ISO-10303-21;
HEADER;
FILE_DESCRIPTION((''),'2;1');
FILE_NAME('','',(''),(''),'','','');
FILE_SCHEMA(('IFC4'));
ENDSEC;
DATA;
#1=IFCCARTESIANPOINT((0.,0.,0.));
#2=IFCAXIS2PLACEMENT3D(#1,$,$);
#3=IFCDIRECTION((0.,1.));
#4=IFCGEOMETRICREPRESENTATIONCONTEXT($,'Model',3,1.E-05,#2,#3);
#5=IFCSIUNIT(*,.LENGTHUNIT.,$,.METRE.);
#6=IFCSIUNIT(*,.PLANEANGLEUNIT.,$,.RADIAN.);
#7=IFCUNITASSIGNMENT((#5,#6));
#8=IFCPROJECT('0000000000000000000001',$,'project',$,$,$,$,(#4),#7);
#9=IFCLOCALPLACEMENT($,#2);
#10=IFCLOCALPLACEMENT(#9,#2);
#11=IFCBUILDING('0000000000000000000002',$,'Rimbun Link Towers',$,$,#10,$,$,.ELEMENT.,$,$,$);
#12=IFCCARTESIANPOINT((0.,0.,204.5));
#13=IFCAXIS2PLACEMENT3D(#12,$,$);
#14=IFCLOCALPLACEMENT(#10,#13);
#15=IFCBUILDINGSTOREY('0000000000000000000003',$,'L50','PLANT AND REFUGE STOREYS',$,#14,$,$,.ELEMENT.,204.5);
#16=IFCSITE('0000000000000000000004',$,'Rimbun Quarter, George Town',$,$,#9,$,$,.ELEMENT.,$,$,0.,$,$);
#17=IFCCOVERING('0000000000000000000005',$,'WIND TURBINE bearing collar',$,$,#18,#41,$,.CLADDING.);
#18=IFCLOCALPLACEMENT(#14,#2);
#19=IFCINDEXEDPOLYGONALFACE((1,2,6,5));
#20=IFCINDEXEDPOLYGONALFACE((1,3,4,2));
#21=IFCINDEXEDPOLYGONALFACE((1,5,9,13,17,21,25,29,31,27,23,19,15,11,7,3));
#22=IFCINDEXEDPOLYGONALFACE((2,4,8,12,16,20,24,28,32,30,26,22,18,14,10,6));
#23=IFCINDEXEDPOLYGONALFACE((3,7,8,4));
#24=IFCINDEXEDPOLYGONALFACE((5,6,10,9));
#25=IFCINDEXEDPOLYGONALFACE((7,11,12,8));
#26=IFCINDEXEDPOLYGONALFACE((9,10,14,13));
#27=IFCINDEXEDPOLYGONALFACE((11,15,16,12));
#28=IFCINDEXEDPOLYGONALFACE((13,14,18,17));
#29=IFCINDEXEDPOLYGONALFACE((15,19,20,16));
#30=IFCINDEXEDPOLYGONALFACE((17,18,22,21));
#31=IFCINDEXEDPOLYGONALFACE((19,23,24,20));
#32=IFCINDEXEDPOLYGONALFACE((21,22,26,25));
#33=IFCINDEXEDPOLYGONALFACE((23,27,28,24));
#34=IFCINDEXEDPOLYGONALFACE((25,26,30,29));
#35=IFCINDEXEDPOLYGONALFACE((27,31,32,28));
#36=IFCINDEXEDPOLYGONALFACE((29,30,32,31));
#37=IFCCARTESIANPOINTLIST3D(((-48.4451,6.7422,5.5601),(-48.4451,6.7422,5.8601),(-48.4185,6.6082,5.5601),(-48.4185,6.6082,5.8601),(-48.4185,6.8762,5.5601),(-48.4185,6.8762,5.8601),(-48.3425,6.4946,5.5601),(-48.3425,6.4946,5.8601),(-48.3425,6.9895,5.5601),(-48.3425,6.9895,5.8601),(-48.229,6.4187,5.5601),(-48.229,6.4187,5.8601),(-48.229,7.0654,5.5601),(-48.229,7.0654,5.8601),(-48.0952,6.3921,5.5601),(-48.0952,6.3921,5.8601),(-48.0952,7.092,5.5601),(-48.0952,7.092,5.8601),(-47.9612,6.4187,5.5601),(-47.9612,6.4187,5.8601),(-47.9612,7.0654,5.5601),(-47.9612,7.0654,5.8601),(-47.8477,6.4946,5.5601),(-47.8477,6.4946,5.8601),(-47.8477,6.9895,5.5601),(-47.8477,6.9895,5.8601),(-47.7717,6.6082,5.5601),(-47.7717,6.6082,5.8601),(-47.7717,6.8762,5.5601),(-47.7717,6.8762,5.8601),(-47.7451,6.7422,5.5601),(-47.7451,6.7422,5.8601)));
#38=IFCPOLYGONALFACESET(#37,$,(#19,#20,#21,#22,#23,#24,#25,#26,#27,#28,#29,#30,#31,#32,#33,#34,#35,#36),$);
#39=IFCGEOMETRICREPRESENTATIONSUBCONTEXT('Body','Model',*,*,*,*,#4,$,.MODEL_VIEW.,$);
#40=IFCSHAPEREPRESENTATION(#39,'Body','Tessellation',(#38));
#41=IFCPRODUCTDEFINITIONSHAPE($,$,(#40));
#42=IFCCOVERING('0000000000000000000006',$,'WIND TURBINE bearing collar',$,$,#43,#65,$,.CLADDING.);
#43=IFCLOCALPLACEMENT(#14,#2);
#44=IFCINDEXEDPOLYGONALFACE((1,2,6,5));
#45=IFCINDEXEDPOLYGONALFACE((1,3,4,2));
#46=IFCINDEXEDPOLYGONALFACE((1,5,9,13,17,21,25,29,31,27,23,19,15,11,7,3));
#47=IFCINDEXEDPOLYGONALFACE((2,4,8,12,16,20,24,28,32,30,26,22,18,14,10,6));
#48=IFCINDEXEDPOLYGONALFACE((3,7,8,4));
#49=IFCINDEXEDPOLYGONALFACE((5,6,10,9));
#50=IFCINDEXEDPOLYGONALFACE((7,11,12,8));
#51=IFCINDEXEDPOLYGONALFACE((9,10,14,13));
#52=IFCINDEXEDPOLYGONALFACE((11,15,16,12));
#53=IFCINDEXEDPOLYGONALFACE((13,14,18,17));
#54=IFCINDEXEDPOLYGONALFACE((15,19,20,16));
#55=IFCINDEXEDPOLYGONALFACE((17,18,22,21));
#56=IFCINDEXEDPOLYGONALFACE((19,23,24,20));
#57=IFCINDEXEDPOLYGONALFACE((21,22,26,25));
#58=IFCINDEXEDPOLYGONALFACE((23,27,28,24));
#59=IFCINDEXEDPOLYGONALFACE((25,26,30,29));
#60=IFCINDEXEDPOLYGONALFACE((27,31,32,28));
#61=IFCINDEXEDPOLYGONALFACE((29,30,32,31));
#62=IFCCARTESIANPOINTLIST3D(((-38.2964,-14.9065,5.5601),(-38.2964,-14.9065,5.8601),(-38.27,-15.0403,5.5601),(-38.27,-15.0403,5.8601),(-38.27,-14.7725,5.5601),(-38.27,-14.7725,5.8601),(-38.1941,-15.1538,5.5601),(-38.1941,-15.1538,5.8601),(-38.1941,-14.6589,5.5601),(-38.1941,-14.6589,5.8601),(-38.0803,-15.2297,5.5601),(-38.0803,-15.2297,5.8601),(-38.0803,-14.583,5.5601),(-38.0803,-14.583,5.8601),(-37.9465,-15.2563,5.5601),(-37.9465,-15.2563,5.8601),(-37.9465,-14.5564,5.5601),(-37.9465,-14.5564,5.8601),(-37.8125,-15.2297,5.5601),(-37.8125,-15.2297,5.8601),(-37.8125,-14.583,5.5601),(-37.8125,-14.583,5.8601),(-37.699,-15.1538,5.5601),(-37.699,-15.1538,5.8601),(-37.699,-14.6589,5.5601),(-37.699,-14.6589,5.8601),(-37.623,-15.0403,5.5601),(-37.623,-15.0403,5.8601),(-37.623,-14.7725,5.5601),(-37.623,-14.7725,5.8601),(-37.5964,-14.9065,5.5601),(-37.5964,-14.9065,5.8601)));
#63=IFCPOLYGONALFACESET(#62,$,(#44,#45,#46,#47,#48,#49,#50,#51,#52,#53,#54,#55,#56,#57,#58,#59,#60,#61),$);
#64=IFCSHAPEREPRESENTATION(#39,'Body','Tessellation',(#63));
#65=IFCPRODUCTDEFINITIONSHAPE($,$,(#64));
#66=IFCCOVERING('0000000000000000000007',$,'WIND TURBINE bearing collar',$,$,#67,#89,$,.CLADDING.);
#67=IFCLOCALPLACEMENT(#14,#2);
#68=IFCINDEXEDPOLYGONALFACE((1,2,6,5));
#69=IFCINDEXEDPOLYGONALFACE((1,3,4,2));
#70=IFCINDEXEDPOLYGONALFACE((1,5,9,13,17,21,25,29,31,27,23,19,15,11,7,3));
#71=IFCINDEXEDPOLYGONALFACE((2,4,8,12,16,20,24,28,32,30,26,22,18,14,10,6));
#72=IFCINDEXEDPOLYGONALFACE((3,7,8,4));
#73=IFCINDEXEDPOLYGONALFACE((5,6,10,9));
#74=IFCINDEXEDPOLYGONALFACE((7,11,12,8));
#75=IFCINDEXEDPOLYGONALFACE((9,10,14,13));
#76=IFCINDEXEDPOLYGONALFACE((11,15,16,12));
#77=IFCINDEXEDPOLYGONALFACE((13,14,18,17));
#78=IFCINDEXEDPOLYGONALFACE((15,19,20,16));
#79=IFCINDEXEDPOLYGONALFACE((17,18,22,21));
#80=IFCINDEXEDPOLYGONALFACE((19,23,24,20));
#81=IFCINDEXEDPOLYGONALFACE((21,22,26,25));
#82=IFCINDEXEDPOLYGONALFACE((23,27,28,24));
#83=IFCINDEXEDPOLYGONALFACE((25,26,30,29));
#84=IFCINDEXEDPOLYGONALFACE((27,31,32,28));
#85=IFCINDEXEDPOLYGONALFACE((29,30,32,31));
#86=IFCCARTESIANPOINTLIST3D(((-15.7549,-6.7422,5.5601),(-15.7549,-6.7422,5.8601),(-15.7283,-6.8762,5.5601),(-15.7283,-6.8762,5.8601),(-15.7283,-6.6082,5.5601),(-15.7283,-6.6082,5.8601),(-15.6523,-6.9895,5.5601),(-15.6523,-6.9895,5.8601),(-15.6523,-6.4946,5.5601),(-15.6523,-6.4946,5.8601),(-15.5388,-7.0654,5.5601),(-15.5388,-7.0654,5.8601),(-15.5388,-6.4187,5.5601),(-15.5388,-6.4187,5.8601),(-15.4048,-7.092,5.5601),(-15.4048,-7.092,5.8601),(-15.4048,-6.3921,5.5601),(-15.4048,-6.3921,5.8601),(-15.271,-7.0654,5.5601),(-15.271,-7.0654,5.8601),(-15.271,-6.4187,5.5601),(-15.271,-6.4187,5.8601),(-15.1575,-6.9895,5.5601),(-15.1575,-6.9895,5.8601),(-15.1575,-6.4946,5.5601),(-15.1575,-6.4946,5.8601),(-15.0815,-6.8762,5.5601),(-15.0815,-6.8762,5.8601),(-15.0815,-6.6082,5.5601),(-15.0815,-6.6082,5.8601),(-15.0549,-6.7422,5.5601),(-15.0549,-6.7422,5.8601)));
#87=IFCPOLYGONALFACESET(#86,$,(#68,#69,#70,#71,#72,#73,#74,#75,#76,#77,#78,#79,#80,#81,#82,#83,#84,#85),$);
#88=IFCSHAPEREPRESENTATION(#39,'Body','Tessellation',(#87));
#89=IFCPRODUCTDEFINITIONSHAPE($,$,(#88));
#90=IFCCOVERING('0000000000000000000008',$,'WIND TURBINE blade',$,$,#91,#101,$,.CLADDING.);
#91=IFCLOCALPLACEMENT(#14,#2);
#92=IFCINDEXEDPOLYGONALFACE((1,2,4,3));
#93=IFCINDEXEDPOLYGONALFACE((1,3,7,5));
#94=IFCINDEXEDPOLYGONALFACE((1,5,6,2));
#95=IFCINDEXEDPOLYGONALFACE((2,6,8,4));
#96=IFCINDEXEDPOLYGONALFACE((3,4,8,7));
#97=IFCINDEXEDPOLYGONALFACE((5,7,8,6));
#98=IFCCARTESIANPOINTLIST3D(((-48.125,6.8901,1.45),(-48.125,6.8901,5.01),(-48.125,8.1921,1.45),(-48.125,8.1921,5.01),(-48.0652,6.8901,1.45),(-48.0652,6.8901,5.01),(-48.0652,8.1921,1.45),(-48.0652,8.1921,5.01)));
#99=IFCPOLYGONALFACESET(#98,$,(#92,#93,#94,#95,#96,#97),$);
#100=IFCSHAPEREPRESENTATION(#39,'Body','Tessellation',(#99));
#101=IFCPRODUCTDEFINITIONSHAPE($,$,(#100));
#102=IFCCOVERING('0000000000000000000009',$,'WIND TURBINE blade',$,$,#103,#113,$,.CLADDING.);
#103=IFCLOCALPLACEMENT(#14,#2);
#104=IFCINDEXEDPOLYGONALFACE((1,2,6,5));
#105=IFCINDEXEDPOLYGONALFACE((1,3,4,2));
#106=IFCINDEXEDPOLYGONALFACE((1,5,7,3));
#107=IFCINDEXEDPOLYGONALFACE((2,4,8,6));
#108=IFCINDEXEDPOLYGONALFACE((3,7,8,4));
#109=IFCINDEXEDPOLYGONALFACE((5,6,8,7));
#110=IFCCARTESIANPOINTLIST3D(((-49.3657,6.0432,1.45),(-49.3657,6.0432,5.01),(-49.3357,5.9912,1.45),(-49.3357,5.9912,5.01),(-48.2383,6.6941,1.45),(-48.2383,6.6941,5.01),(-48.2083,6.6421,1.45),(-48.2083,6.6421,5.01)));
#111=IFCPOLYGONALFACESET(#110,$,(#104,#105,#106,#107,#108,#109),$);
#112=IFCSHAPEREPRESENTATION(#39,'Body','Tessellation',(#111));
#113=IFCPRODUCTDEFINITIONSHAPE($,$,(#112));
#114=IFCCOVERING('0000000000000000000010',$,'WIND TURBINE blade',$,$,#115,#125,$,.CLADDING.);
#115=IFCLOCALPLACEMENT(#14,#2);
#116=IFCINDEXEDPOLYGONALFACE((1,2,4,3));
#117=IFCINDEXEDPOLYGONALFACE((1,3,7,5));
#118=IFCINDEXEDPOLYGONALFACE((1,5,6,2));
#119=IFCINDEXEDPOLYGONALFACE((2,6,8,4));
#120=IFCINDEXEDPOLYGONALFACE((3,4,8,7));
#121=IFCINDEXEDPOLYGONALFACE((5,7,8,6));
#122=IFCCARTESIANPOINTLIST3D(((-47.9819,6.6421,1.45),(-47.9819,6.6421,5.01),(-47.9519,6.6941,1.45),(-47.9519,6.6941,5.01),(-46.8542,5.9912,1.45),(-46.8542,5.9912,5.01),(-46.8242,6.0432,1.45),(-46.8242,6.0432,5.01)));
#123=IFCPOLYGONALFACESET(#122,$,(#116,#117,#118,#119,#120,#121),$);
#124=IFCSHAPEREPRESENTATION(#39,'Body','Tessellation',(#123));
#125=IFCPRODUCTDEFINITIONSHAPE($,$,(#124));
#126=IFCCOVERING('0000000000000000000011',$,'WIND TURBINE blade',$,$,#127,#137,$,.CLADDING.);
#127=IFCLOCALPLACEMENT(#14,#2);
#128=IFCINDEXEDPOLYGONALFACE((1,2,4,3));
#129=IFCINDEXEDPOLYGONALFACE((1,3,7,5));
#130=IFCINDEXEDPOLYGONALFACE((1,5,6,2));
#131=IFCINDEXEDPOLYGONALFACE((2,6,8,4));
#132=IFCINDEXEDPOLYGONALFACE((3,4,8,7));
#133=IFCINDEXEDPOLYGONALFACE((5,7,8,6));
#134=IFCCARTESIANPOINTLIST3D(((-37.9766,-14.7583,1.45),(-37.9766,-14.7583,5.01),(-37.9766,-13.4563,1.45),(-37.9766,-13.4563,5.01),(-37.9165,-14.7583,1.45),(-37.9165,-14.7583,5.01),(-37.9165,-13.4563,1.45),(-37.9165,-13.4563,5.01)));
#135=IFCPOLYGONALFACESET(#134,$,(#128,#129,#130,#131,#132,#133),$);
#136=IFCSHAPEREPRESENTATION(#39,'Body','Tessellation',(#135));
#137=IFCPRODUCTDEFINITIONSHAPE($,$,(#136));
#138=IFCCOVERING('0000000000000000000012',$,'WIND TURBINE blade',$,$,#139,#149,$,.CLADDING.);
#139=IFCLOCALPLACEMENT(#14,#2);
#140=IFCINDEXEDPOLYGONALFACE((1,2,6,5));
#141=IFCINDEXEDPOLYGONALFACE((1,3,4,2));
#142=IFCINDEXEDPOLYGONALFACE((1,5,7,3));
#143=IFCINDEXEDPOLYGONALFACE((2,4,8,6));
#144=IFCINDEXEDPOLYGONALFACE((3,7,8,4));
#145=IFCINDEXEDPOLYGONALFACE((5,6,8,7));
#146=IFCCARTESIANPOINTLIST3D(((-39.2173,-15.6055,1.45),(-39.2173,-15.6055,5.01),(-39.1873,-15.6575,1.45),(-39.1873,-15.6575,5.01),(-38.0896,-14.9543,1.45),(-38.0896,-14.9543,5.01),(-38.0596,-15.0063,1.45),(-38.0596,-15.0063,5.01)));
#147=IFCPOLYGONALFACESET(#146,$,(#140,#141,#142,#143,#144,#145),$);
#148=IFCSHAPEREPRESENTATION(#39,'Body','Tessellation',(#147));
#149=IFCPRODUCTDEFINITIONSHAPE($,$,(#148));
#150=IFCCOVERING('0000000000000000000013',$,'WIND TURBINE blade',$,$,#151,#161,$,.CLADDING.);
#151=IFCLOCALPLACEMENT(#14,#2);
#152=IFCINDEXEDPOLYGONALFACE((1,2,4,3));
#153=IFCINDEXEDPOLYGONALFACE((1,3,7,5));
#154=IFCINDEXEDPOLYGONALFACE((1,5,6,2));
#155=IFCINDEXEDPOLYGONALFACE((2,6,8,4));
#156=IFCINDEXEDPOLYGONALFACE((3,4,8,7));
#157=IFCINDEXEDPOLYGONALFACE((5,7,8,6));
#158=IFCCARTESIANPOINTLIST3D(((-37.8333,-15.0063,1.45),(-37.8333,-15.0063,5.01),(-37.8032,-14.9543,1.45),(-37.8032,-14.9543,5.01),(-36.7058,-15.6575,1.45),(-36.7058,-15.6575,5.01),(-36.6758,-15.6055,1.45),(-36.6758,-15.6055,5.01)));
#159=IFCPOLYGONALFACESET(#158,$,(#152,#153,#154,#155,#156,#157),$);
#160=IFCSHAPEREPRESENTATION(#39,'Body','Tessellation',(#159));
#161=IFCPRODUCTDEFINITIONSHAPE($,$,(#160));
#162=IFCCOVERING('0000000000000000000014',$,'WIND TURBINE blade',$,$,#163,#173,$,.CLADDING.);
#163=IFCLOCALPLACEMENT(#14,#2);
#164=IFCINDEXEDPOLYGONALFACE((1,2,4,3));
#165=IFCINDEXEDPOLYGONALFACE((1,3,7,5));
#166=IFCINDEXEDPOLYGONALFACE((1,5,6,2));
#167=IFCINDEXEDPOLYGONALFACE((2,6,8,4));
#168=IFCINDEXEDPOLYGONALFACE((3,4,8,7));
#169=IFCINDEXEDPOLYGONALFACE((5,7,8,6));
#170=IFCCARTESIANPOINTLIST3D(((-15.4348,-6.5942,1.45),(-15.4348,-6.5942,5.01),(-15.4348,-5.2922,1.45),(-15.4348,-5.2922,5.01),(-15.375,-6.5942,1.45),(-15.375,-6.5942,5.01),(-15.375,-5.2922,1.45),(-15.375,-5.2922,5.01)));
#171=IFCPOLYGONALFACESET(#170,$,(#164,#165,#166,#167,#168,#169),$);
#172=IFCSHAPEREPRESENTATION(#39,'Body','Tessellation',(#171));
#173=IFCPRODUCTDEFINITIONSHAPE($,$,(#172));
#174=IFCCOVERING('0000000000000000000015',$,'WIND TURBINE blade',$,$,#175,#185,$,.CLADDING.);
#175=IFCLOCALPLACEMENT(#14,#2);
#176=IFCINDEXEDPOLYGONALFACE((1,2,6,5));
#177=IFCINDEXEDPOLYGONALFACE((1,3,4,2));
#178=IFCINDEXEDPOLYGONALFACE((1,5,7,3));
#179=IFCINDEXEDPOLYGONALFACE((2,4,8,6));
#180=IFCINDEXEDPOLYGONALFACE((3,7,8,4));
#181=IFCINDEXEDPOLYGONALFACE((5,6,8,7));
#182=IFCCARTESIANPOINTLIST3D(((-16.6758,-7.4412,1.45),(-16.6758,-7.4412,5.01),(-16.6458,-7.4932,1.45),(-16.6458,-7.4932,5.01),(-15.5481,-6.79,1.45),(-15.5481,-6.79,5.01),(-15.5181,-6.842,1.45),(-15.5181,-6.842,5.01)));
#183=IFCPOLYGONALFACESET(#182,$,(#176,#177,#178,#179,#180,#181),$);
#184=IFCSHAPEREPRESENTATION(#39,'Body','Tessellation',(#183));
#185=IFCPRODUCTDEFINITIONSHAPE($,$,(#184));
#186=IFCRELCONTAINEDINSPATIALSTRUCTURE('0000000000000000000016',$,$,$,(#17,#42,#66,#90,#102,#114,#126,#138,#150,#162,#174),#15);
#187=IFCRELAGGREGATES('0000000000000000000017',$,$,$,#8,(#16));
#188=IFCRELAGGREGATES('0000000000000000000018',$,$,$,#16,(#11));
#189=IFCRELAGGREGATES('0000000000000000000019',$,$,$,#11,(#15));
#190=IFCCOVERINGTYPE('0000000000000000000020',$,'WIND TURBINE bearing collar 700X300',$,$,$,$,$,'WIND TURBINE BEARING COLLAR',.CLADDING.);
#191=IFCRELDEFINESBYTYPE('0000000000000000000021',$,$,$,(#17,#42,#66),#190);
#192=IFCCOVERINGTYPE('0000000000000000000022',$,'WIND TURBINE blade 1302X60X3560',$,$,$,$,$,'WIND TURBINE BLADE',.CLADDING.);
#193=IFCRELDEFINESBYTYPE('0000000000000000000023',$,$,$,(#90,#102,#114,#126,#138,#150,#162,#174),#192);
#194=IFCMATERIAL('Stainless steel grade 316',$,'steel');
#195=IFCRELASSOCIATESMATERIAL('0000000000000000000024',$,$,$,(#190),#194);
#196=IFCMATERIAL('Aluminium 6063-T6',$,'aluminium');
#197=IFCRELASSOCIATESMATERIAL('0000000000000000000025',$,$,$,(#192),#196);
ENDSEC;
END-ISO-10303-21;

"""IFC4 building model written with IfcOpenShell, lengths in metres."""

from ifc_helpers import new_model, si_unit, direction, frame, origin, place, context, subcontext, project, spatial, polyline, outline, extrude, material, type_object, element, save


model = new_model("IFC4")

# Units and contexts
model_context = context("Model", 3, precision=1e-05, world=origin(), true_north=direction((0.0, 1.0)))
body_context = subcontext(model_context, "Body", "Model", "MODEL_VIEW")
ifc_project = project(units=[si_unit("LENGTHUNIT", "METRE"), si_unit("PLANEANGLEUNIT", "RADIAN")], contexts=[model_context])

# Site, building, storey
site_placement = place(None, origin())
site = spatial("IfcSite", under=ifc_project, at=site_placement, Name="Rimbun Quarter, George Town", CompositionType="ELEMENT", RefElevation=0.0)
building_placement = place(site_placement, origin())
building = spatial("IfcBuilding", under=site, at=building_placement, Name="Rimbun Link Towers", CompositionType="ELEMENT")
storey_placement = place(building_placement, frame((0.0, 0.0, 204.5)))
storey = spatial("IfcBuildingStorey", under=building, at=storey_placement, Name="L50", Description="PLANT AND REFUGE STOREYS", CompositionType="ELEMENT", Elevation=204.5)

# Coverings
ifc_material_1 = material(Name="Stainless steel grade 316", Category="steel")
covering_type_1 = type_object("IfcCoveringType", Name="WIND TURBINE bearing collar 700X300", ElementType="WIND TURBINE BEARING COLLAR", PredefinedType="CLADDING", material=ifc_material_1)
covering_1_placement = place(storey_placement, frame((0.0, 0.0, 5.5601)))
element("IfcCovering", 1, at=covering_1_placement, inside=storey, type_object=covering_type_1, Name="WIND TURBINE bearing collar", PredefinedType="CLADDING", context=body_context, shape_type="SweptSolid", body=[
    extrude(outline(polyline([(-47.7451, 6.7422), (-47.7717, 6.8762), (-47.8477, 6.9895), (-47.9612, 7.0654), (-48.0952, 7.092), (-48.229, 7.0654), (-48.3425, 6.9895), (-48.4185, 6.8762), (-48.4451, 6.7422), (-48.4185, 6.6082), (-48.3425, 6.4946), (-48.229, 6.4187), (-48.0952, 6.3921), (-47.9612, 6.4187), (-47.8477, 6.4946), (-47.7717, 6.6082), (-47.7451, 6.7422)])), origin(), (0.0, 0.0, 1.0), 0.3),
])
covering_2_placement = place(storey_placement, frame((0.0, 0.0, 5.5601)))
element("IfcCovering", 2, at=covering_2_placement, inside=storey, type_object=covering_type_1, Name="WIND TURBINE bearing collar", PredefinedType="CLADDING", context=body_context, shape_type="SweptSolid", body=[
    extrude(outline(polyline([(-37.5964, -14.9065), (-37.623, -14.7725), (-37.699, -14.6589), (-37.8125, -14.583), (-37.9465, -14.5564), (-38.0803, -14.583), (-38.1941, -14.6589), (-38.27, -14.7725), (-38.2964, -14.9065), (-38.27, -15.0403), (-38.1941, -15.1538), (-38.0803, -15.2297), (-37.9465, -15.2563), (-37.8125, -15.2297), (-37.699, -15.1538), (-37.623, -15.0403), (-37.5964, -14.9065)])), origin(), (0.0, 0.0, 1.0), 0.3),
])
covering_3_placement = place(storey_placement, frame((0.0, 0.0, 5.5601)))
element("IfcCovering", 3, at=covering_3_placement, inside=storey, type_object=covering_type_1, Name="WIND TURBINE bearing collar", PredefinedType="CLADDING", context=body_context, shape_type="SweptSolid", body=[
    extrude(outline(polyline([(-15.0549, -6.7422), (-15.0815, -6.6082), (-15.1575, -6.4946), (-15.271, -6.4187), (-15.4048, -6.3921), (-15.5388, -6.4187), (-15.6523, -6.4946), (-15.7283, -6.6082), (-15.7549, -6.7422), (-15.7283, -6.8762), (-15.6523, -6.9895), (-15.5388, -7.0654), (-15.4048, -7.092), (-15.271, -7.0654), (-15.1575, -6.9895), (-15.0815, -6.8762), (-15.0549, -6.7422)])), origin(), (0.0, 0.0, 1.0), 0.3),
])
ifc_material_2 = material(Name="Aluminium 6063-T6", Category="aluminium")
covering_type_2 = type_object("IfcCoveringType", Name="WIND TURBINE blade 1302X60X3560", ElementType="WIND TURBINE BLADE", PredefinedType="CLADDING", material=ifc_material_2)
covering_4_placement = place(storey_placement, frame((0.0, 0.0, 1.45)))
element("IfcCovering", 4, at=covering_4_placement, inside=storey, type_object=covering_type_2, Name="WIND TURBINE blade", PredefinedType="CLADDING", context=body_context, shape_type="SweptSolid", body=[
    extrude(outline(polyline([(-48.0652, 6.8901), (-48.0652, 8.1921), (-48.125, 8.1921), (-48.125, 6.8901), (-48.0652, 6.8901)])), origin(), (0.0, 0.0, 1.0), 3.5601),
])
covering_5_placement = place(storey_placement, frame((0.0, 0.0, 1.45)))
element("IfcCovering", 5, at=covering_5_placement, inside=storey, type_object=covering_type_2, Name="WIND TURBINE blade", PredefinedType="CLADDING", context=body_context, shape_type="SweptSolid", body=[
    extrude(outline(polyline([(-48.2383, 6.6941), (-49.3657, 6.0432), (-49.3357, 5.9912), (-48.2083, 6.6421), (-48.2383, 6.6941)])), origin(), (0.0, 0.0, 1.0), 3.5601),
])
covering_6_placement = place(storey_placement, frame((0.0, 0.0, 1.45)))
element("IfcCovering", 6, at=covering_6_placement, inside=storey, type_object=covering_type_2, Name="WIND TURBINE blade", PredefinedType="CLADDING", context=body_context, shape_type="SweptSolid", body=[
    extrude(outline(polyline([(-47.9819, 6.6421), (-46.8542, 5.9912), (-46.8242, 6.0432), (-47.9519, 6.6941), (-47.9819, 6.6421)])), origin(), (0.0, 0.0, 1.0), 3.5601),
])
covering_7_placement = place(storey_placement, frame((0.0, 0.0, 1.45)))
element("IfcCovering", 7, at=covering_7_placement, inside=storey, type_object=covering_type_2, Name="WIND TURBINE blade", PredefinedType="CLADDING", context=body_context, shape_type="SweptSolid", body=[
    extrude(outline(polyline([(-37.9165, -14.7583), (-37.9165, -13.4563), (-37.9766, -13.4563), (-37.9766, -14.7583), (-37.9165, -14.7583)])), origin(), (0.0, 0.0, 1.0), 3.5601),
])
covering_8_placement = place(storey_placement, frame((0.0, 0.0, 1.45)))
element("IfcCovering", 8, at=covering_8_placement, inside=storey, type_object=covering_type_2, Name="WIND TURBINE blade", PredefinedType="CLADDING", context=body_context, shape_type="SweptSolid", body=[
    extrude(outline(polyline([(-38.0896, -14.9543), (-39.2173, -15.6055), (-39.1873, -15.6575), (-38.0596, -15.0063), (-38.0896, -14.9543)])), origin(), (0.0, 0.0, 1.0), 3.5601),
])
covering_9_placement = place(storey_placement, frame((0.0, 0.0, 1.45)))
element("IfcCovering", 9, at=covering_9_placement, inside=storey, type_object=covering_type_2, Name="WIND TURBINE blade", PredefinedType="CLADDING", context=body_context, shape_type="SweptSolid", body=[
    extrude(outline(polyline([(-37.8333, -15.0063), (-36.7058, -15.6575), (-36.6758, -15.6055), (-37.8032, -14.9543), (-37.8333, -15.0063)])), origin(), (0.0, 0.0, 1.0), 3.5601),
])
covering_10_placement = place(storey_placement, frame((0.0, 0.0, 1.45)))
element("IfcCovering", 10, at=covering_10_placement, inside=storey, type_object=covering_type_2, Name="WIND TURBINE blade", PredefinedType="CLADDING", context=body_context, shape_type="SweptSolid", body=[
    extrude(outline(polyline([(-15.375, -6.5942), (-15.375, -5.2922), (-15.4348, -5.2922), (-15.4348, -6.5942), (-15.375, -6.5942)])), origin(), (0.0, 0.0, 1.0), 3.5601),
])
covering_11_placement = place(storey_placement, frame((0.0, 0.0, 1.45)))
element("IfcCovering", 11, at=covering_11_placement, inside=storey, type_object=covering_type_2, Name="WIND TURBINE blade", PredefinedType="CLADDING", context=body_context, shape_type="SweptSolid", body=[
    extrude(outline(polyline([(-15.5481, -6.79), (-16.6758, -7.4412), (-16.6458, -7.4932), (-15.5181, -6.842), (-15.5481, -6.79)])), origin(), (0.0, 0.0, 1.0), 3.5601),
])

save(model, "model.ifc")
